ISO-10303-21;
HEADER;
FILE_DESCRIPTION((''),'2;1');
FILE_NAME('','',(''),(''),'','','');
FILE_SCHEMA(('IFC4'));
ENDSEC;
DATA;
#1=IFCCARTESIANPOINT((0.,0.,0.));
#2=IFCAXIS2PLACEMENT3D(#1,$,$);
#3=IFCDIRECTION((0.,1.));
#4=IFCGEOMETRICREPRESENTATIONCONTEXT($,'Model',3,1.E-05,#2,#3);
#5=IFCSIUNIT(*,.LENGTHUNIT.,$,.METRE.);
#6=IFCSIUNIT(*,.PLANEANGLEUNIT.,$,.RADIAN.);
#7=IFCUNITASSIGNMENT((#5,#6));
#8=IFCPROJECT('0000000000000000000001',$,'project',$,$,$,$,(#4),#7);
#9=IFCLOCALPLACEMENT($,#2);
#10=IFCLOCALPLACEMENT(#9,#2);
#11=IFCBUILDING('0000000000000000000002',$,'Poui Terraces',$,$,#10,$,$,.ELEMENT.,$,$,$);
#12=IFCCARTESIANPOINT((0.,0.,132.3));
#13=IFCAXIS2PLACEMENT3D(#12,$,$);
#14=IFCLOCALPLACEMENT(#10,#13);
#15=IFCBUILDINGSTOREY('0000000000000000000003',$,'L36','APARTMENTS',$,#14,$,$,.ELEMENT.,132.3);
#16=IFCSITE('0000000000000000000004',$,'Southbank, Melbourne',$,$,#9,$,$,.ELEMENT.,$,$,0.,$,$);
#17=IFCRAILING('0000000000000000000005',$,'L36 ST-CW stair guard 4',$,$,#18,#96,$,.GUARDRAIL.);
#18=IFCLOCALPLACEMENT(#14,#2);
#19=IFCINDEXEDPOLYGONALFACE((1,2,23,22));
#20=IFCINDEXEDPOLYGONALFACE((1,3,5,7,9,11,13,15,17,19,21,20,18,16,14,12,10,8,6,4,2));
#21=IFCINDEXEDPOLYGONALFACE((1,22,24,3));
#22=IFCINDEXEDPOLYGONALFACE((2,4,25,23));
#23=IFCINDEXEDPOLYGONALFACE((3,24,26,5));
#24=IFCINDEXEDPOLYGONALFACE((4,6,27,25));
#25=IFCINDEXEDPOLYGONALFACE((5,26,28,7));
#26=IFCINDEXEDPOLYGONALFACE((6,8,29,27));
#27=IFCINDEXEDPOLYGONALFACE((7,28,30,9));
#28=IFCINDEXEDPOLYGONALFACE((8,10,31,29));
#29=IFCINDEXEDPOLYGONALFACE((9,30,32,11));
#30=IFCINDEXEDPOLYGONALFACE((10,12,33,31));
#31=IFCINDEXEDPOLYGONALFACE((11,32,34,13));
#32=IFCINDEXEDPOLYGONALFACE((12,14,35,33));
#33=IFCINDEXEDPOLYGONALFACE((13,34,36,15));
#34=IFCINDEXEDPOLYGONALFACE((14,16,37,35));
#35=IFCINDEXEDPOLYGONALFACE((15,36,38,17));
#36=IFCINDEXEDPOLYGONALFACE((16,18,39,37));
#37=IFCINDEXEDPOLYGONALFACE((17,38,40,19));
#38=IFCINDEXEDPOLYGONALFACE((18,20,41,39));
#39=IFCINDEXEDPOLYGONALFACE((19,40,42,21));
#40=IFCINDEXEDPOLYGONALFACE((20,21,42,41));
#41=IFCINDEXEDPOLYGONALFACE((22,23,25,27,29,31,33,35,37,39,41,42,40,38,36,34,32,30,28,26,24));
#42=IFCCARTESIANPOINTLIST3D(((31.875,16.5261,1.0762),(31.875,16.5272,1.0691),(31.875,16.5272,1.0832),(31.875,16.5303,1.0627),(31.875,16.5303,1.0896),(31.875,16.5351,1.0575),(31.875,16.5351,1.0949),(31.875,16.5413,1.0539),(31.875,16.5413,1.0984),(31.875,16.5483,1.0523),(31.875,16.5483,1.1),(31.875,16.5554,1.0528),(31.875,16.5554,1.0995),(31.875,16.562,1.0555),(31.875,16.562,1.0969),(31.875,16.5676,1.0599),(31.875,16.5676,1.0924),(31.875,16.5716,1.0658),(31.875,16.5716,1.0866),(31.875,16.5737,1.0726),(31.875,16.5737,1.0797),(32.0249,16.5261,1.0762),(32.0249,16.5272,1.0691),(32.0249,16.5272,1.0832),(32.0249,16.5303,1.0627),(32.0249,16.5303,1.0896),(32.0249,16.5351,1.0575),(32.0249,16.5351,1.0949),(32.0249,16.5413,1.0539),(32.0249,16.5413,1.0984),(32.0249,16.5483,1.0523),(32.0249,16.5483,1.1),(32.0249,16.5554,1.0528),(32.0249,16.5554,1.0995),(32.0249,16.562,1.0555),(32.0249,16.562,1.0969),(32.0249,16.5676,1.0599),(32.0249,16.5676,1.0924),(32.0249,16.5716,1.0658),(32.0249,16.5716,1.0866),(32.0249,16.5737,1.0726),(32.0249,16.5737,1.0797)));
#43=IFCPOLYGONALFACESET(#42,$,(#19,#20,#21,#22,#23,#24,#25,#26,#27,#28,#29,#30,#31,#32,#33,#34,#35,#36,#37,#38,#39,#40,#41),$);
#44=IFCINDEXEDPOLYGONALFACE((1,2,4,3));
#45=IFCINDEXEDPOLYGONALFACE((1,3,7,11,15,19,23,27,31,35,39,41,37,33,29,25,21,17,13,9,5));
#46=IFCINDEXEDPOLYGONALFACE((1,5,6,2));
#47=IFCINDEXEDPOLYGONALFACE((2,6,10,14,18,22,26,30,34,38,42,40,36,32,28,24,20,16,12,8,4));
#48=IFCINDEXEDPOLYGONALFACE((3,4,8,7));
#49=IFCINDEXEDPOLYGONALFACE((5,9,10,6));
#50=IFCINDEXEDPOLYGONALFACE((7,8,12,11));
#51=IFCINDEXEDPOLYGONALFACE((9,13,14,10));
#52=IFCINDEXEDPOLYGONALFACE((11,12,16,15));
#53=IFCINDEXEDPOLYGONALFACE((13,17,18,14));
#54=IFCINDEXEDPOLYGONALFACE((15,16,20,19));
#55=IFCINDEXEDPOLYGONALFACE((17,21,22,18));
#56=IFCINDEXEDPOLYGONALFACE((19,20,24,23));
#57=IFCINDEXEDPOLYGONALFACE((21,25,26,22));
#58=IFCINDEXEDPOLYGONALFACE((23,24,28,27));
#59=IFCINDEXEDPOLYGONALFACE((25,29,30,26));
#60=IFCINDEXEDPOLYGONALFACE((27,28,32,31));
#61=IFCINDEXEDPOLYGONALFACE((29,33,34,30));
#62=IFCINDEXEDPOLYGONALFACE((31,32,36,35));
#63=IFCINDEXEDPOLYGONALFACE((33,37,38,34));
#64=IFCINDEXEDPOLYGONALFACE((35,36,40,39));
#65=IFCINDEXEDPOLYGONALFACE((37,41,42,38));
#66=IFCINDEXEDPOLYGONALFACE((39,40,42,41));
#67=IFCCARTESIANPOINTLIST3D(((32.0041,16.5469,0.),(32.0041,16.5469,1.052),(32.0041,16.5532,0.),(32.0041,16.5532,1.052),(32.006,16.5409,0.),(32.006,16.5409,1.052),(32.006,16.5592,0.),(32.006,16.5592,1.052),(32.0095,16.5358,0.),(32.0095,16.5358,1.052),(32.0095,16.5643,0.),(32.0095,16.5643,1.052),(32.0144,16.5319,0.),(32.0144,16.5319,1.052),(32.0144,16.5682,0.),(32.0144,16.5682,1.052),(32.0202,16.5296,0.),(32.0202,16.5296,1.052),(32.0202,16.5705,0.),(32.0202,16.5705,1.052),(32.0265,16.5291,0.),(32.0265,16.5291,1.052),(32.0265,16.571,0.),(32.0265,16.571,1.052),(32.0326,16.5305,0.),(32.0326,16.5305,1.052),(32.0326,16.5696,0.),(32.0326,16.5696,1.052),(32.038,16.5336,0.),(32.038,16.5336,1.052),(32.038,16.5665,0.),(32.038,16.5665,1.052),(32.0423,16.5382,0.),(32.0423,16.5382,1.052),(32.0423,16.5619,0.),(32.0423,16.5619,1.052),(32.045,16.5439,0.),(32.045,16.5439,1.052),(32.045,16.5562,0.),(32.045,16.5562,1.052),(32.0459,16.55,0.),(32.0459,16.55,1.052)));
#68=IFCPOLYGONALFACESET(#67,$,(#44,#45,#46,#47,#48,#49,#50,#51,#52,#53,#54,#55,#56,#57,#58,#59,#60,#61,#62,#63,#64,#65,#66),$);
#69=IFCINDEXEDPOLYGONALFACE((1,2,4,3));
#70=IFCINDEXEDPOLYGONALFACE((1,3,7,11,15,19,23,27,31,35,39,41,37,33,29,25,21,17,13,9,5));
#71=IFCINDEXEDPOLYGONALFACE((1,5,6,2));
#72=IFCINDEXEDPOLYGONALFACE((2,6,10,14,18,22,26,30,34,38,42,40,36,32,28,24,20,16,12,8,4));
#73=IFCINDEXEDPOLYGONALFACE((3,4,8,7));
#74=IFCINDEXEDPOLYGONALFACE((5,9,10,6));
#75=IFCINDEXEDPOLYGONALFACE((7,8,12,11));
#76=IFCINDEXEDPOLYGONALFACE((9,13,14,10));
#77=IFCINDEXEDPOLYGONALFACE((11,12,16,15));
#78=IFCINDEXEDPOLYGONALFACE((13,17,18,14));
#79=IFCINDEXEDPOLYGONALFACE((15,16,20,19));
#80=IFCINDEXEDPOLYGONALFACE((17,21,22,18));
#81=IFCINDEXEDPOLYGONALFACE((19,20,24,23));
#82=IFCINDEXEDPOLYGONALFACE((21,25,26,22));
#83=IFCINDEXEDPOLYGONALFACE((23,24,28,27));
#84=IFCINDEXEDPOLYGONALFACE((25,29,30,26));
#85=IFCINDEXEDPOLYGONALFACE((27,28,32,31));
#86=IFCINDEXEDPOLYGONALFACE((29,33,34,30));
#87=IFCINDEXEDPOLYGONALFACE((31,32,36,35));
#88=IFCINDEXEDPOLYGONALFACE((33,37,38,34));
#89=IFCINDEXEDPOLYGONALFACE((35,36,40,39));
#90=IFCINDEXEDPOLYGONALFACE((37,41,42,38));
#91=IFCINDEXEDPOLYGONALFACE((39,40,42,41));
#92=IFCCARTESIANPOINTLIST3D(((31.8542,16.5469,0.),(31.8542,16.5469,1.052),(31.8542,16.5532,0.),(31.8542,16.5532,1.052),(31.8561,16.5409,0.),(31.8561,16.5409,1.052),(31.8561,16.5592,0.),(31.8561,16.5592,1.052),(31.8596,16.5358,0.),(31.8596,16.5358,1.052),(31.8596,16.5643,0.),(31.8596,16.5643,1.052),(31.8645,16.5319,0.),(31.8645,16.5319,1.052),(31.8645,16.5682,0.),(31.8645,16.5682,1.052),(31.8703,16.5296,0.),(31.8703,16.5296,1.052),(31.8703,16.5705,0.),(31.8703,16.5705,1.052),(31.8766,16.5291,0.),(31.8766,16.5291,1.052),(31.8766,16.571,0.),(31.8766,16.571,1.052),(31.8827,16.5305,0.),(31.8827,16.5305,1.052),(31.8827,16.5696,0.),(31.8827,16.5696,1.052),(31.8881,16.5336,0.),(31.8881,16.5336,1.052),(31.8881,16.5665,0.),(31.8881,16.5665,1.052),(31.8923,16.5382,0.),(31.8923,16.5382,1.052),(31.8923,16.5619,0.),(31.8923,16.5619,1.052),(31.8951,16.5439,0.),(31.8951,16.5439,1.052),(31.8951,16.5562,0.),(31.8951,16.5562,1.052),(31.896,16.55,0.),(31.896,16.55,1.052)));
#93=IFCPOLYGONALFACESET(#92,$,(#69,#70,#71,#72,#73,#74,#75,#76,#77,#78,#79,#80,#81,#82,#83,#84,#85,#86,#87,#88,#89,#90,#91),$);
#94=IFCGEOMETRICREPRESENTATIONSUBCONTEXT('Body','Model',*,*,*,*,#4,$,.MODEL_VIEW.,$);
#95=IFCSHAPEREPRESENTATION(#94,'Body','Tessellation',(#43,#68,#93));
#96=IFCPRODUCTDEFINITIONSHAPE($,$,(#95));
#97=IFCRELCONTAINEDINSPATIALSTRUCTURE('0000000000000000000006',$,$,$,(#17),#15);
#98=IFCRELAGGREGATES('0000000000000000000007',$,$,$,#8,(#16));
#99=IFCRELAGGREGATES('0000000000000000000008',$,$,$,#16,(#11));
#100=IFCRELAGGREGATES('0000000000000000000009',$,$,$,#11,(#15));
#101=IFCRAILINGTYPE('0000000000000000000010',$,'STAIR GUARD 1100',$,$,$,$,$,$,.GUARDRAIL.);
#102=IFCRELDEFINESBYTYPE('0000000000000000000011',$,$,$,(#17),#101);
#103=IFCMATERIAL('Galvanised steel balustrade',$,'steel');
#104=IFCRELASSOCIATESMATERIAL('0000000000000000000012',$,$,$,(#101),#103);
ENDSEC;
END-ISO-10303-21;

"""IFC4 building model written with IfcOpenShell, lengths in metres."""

from ifc_helpers import new_model, si_unit, direction, frame, origin, origin_2d, place, context, subcontext, project, spatial, circle, extrude, material, type_object, element, save


model = new_model("IFC4")

# Units and contexts
model_context = context("Model", 3, precision=1e-05, world=origin(), true_north=direction((0.0, 1.0)))
body_context = subcontext(model_context, "Body", "Model", "MODEL_VIEW")
ifc_project = project(units=[si_unit("LENGTHUNIT", "METRE"), si_unit("PLANEANGLEUNIT", "RADIAN")], contexts=[model_context])

# Site, building, storey
site_placement = place(None, origin())
site = spatial("IfcSite", under=ifc_project, at=site_placement, Name="Southbank, Melbourne", CompositionType="ELEMENT", RefElevation=0.0)
building_placement = place(site_placement, origin())
building = spatial("IfcBuilding", under=site, at=building_placement, Name="Poui Terraces", CompositionType="ELEMENT")
storey_placement = place(building_placement, frame((0.0, 0.0, 132.3)))
storey = spatial("IfcBuildingStorey", under=building, at=storey_placement, Name="L36", Description="APARTMENTS", CompositionType="ELEMENT", Elevation=132.3)

# Railing
ifc_material_1 = material(Name="Galvanised steel balustrade", Category="steel")
railing_type_1 = type_object("IfcRailingType", Name="STAIR GUARD 1100", PredefinedType="GUARDRAIL", material=ifc_material_1)
railing_1_placement = place(storey_placement, frame((32.0249, 16.55, 0.0)))
element("IfcRailing", 1, at=railing_1_placement, inside=storey, type_object=railing_type_1, Name="L36 ST-CW stair guard 4", PredefinedType="GUARDRAIL", context=body_context, shape_type="SweptSolid", body=[
    extrude(circle(Radius=0.0239, at=origin_2d()), frame((0.0, 0.0, 1.0762), z_axis=(-1.0, 0.0, 0.0), x_axis=(0.0, -1.0, 0.0)), (0.0, 0.0, 1.0), 0.1499),
    extrude(circle(Radius=0.021, at=origin_2d()), origin(), (0.0, 0.0, 1.0), 1.052),
    extrude(circle(Radius=0.021, at=origin_2d()), frame((-0.1499, 0.0, 0.0)), (0.0, 0.0, 1.0), 1.052),
])

save(model, "model.ifc")
